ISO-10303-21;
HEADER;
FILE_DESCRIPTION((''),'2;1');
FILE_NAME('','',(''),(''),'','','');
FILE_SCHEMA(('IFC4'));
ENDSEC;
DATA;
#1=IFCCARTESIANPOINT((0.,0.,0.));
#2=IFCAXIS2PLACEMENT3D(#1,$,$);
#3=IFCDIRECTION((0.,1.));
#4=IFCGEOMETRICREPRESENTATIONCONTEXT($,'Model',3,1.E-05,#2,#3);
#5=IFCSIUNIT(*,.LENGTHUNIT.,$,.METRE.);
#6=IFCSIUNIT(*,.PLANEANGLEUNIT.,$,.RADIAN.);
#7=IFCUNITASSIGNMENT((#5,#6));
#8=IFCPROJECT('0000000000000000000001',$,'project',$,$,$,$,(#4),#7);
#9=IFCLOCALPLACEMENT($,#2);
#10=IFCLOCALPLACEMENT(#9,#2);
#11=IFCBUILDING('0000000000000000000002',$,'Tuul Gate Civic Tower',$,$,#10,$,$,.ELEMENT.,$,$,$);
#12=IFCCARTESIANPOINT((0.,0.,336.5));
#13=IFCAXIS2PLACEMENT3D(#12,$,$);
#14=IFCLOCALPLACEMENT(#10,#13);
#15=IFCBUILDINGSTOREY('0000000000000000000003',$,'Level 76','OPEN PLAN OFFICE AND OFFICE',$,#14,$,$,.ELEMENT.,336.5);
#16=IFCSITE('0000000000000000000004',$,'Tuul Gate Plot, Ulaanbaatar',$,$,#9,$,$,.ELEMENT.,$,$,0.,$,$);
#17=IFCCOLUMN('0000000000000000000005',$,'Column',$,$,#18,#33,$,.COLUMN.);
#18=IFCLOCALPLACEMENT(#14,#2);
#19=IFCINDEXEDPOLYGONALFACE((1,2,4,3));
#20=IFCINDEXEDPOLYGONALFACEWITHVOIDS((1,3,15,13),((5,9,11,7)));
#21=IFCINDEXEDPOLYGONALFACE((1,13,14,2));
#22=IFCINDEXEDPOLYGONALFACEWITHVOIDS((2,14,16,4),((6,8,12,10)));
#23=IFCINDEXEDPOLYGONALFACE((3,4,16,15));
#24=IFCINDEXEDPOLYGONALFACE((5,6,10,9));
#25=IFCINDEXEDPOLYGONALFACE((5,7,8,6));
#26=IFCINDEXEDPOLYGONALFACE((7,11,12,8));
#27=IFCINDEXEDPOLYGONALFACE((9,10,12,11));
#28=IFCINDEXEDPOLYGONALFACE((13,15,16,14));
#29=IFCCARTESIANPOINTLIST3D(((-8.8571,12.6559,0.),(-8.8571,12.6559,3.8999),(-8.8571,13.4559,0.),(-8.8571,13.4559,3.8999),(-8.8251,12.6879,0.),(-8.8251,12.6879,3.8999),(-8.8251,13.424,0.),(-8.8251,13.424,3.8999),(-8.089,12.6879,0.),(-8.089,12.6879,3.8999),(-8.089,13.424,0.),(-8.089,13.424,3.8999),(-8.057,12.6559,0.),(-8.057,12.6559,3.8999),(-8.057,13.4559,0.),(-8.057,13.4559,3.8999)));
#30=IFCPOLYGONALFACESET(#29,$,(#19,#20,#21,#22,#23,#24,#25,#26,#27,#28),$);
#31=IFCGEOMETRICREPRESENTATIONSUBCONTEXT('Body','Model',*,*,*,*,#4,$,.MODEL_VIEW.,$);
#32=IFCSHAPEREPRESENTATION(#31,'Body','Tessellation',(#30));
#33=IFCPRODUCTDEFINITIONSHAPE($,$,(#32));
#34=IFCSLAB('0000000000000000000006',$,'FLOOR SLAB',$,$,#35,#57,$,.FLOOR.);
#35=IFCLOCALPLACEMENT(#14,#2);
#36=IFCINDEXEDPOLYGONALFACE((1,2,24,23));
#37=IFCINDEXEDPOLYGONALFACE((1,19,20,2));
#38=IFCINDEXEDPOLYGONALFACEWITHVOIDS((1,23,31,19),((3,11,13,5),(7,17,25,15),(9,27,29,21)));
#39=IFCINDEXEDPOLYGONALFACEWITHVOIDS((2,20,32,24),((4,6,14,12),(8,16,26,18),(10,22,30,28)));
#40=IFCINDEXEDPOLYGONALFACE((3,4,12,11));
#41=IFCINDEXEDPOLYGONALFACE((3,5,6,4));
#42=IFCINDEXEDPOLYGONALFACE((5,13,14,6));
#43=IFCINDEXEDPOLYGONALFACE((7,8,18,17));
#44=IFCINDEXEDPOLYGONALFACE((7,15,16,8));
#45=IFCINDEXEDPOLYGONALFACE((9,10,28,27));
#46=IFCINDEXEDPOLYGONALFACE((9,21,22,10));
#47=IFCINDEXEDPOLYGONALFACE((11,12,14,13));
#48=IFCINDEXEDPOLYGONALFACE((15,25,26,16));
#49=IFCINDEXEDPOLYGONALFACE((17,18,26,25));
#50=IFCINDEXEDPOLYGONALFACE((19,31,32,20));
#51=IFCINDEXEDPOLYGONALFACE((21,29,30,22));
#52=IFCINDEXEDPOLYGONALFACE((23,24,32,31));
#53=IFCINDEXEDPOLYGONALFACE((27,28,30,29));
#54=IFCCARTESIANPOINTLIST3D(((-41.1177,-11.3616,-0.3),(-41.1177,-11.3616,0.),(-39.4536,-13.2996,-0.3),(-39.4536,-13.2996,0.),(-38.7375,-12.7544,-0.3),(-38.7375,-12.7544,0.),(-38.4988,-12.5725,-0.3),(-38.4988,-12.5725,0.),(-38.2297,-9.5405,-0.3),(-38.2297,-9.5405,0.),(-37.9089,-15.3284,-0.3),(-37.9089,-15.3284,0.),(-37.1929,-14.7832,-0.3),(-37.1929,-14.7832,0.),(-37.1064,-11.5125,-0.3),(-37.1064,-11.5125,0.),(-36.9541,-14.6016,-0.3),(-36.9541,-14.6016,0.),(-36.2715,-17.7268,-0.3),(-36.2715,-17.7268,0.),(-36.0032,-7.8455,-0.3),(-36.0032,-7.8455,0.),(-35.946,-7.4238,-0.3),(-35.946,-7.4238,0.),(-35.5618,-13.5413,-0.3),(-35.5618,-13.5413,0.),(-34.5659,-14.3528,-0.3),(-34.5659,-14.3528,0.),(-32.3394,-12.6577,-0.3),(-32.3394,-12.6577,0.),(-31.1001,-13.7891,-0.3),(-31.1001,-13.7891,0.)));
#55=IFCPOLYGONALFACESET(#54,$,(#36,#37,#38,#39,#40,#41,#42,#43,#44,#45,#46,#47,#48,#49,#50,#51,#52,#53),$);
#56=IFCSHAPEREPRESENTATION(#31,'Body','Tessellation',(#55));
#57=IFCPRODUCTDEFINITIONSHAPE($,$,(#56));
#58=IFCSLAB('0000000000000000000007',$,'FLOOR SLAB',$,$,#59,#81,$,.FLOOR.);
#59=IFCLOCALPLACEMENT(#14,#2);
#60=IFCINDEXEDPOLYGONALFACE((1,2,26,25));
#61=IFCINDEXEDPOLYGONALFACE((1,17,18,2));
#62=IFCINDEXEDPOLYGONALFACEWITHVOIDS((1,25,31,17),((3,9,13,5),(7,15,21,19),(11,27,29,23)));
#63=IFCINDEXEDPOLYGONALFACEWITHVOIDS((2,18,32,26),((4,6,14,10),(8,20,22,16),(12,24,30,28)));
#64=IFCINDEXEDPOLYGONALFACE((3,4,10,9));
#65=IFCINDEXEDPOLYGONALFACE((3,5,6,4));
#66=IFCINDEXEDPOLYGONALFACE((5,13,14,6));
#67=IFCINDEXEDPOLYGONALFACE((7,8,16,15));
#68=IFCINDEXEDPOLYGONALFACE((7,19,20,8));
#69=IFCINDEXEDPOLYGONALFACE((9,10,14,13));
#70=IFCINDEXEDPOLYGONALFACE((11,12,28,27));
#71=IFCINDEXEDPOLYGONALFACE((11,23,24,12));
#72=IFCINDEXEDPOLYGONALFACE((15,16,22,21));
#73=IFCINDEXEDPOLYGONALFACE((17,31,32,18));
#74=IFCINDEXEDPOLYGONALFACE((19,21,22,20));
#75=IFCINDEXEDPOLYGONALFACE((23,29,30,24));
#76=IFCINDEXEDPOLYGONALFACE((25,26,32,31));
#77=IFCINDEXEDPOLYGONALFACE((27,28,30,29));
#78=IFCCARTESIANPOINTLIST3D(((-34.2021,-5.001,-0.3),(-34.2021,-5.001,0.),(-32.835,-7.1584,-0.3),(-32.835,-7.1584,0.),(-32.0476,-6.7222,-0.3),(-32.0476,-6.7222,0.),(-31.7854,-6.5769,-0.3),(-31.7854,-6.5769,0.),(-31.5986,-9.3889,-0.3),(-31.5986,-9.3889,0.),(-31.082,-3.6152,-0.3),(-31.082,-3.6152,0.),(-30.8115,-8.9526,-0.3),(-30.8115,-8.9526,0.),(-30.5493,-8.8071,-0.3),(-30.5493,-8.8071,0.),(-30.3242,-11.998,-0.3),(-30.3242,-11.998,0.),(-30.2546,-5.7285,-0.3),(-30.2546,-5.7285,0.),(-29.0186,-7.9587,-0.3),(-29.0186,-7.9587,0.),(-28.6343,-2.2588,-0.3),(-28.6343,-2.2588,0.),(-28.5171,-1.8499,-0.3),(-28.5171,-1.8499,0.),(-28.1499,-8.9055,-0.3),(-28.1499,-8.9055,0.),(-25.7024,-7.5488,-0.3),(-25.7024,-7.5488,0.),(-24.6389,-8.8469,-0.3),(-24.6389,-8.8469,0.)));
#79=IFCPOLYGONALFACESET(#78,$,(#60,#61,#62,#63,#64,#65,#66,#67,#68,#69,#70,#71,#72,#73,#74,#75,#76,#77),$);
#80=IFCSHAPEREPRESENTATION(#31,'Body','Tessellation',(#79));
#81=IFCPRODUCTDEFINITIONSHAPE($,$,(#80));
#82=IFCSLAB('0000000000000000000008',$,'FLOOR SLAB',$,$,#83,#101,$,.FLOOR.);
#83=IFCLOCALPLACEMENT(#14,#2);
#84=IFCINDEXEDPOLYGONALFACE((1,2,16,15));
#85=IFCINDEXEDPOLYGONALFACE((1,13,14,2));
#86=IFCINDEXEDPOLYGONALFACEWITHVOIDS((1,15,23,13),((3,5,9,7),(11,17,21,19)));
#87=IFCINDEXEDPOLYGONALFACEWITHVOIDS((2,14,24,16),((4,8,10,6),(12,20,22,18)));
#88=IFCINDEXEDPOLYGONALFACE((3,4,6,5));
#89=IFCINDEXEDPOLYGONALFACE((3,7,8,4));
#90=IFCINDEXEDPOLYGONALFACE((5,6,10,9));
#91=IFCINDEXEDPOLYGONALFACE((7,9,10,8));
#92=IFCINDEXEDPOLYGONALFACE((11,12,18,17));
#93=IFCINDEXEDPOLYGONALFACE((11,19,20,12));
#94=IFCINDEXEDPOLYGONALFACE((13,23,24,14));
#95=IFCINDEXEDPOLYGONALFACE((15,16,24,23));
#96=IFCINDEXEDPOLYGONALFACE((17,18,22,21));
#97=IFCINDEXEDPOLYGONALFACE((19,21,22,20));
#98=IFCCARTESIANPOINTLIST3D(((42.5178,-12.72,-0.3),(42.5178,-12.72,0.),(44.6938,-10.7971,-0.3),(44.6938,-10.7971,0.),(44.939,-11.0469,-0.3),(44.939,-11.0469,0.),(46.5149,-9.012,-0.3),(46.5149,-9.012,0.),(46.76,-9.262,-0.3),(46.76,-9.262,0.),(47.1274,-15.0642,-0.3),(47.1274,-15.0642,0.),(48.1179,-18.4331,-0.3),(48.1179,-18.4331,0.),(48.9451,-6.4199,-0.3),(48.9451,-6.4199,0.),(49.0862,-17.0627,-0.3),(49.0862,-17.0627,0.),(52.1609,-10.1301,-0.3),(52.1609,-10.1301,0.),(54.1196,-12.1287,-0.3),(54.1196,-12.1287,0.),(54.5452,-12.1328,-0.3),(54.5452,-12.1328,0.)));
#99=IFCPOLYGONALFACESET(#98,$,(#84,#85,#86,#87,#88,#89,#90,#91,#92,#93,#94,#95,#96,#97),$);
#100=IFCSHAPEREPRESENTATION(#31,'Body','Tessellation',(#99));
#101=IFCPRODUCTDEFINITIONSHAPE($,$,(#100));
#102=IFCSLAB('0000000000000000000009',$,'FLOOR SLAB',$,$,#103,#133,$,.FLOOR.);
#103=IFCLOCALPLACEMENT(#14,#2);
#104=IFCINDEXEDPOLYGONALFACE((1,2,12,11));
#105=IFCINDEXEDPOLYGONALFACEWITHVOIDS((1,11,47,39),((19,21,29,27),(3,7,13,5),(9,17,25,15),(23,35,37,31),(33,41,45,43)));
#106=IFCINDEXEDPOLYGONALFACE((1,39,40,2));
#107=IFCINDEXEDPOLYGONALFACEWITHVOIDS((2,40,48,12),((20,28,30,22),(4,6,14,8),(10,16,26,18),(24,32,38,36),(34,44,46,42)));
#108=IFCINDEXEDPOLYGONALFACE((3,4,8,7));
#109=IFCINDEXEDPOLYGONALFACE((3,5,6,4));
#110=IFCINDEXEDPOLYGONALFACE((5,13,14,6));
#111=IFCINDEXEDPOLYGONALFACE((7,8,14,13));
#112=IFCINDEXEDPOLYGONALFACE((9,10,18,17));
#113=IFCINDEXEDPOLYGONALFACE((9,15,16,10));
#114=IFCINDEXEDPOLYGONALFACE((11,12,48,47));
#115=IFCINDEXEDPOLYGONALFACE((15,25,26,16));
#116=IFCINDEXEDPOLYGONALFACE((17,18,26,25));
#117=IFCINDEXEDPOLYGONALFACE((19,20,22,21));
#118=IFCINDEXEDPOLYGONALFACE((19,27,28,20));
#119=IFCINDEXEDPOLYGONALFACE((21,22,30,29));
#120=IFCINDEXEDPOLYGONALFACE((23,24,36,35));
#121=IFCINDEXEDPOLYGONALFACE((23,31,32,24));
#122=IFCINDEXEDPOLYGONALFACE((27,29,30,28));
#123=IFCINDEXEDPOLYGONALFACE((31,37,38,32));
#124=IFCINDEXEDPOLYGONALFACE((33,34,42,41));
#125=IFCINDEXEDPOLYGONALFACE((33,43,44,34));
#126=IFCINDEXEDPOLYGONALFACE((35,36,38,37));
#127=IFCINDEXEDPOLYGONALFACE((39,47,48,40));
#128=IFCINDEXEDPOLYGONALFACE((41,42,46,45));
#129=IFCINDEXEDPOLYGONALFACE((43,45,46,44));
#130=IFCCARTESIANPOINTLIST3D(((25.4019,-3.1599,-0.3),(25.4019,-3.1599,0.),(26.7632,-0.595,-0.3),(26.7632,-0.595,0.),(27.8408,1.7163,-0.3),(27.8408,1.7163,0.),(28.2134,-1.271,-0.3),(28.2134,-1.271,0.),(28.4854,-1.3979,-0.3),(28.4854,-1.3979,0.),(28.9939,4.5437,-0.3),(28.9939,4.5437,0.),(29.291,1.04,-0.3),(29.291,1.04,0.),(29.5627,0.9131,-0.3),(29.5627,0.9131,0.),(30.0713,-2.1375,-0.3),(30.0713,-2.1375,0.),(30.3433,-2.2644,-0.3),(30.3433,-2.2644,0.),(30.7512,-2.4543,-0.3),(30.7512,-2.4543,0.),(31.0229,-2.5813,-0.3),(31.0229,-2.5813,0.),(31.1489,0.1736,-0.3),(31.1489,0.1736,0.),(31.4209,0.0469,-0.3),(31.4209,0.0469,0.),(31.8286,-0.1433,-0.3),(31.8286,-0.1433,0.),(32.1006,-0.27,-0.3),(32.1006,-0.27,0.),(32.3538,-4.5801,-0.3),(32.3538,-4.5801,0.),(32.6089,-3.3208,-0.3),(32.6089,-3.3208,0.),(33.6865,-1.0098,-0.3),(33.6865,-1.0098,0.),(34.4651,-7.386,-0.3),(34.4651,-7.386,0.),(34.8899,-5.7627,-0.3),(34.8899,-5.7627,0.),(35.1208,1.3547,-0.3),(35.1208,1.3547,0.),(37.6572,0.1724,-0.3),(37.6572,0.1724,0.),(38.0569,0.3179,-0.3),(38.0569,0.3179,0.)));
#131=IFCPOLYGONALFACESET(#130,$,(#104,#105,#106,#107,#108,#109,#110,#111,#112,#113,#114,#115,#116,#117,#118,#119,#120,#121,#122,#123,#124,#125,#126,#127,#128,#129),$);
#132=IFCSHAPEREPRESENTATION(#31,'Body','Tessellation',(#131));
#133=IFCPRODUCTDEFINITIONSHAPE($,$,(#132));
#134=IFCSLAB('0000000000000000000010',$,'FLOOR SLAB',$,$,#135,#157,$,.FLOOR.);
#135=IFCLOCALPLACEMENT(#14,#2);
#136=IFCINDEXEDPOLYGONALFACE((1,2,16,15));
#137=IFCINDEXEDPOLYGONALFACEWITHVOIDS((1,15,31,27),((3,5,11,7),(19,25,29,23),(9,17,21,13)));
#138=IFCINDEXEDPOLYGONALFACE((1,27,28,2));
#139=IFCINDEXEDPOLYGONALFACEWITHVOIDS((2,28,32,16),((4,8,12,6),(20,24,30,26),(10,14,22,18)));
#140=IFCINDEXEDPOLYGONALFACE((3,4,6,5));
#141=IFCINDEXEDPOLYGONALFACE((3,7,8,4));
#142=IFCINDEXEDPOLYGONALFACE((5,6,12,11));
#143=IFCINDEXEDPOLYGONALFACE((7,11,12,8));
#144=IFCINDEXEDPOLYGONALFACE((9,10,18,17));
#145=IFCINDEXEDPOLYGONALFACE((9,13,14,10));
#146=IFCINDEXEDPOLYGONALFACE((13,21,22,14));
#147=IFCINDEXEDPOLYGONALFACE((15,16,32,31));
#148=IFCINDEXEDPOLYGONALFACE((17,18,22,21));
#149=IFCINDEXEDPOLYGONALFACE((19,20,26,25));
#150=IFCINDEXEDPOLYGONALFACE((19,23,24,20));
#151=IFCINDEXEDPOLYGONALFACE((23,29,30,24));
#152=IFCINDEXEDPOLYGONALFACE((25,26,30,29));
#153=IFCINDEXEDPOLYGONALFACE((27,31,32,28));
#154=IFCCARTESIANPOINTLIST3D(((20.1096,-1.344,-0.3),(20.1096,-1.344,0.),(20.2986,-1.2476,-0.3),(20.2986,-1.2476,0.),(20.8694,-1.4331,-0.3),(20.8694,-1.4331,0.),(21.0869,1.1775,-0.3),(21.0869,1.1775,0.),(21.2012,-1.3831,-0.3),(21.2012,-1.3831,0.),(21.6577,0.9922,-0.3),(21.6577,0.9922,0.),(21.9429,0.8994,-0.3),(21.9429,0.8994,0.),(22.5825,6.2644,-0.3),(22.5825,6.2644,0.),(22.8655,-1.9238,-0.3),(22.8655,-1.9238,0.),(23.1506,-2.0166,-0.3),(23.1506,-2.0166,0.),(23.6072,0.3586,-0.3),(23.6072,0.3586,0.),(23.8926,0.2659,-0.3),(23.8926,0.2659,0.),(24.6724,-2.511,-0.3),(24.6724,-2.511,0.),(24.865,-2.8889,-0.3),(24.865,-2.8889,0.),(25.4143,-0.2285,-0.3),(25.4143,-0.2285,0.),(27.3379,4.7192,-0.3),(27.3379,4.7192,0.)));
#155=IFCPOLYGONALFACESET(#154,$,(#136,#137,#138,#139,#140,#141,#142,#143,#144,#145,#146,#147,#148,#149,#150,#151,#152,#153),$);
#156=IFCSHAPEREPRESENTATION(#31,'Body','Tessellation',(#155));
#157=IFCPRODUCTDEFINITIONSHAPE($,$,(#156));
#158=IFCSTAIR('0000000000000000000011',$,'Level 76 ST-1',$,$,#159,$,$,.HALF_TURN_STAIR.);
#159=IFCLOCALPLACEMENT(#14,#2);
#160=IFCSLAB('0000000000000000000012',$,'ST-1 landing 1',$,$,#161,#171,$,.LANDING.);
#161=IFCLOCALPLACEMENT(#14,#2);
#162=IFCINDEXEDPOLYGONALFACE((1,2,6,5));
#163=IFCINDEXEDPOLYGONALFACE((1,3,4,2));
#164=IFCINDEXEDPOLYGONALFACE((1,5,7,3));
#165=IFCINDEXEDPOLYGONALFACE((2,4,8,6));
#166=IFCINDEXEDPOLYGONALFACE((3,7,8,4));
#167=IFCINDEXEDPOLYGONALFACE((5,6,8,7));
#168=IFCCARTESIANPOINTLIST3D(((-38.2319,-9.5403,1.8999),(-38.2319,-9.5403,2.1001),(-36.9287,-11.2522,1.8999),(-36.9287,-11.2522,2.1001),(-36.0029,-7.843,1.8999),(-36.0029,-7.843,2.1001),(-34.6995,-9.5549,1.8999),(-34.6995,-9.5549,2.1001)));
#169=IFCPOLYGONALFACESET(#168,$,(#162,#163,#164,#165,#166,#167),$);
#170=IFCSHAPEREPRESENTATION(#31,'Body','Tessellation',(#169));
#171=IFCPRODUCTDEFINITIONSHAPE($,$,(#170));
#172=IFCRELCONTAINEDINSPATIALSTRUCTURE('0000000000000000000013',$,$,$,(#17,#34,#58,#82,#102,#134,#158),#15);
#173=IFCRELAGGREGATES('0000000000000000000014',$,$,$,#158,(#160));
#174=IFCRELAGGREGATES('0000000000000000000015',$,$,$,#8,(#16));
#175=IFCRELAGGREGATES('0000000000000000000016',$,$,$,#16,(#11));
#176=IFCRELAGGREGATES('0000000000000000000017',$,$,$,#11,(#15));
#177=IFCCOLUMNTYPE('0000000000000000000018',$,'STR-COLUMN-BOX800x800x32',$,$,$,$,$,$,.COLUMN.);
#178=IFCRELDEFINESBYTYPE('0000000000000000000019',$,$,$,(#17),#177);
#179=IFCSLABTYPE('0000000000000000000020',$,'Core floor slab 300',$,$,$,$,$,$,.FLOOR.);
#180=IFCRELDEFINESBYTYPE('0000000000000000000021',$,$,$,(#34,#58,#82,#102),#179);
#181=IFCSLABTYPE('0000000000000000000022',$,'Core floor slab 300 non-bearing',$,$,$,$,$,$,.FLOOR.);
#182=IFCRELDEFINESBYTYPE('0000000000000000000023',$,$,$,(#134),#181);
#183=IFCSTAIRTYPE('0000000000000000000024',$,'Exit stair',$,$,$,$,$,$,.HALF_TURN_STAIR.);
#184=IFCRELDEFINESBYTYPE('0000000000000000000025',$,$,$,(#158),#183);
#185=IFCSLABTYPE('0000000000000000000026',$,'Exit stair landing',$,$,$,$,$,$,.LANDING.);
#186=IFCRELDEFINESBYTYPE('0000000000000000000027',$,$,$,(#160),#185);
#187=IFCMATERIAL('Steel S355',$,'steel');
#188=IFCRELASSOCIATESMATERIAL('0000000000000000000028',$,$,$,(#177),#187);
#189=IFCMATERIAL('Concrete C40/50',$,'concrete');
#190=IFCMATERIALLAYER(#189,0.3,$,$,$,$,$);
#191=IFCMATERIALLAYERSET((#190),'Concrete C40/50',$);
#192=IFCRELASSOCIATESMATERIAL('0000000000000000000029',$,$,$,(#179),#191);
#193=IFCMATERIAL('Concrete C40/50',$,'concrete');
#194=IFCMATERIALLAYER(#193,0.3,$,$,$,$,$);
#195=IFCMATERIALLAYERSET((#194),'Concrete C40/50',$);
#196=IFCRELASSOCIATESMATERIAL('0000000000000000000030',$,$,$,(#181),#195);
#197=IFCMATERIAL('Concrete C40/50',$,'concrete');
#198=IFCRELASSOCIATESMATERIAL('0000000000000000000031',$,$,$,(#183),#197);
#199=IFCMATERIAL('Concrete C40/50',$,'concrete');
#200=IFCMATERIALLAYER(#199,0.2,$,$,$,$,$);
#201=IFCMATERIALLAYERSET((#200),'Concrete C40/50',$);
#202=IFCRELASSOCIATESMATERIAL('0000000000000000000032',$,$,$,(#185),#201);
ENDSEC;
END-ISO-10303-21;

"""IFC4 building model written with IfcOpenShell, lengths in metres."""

from ifc_helpers import new_model, si_unit, direction, frame, origin, origin_2d, place, context, subcontext, project, spatial, polyline, hollow_rectangle, outline, extrude, material, layer, layer_set, material_profile, profile_set, type_object, element, aggregate, save


model = new_model("IFC4")

# Units and contexts
model_context = context("Model", 3, precision=1e-05, world=origin(), true_north=direction((0.0, 1.0)))
body_context = subcontext(model_context, "Body", "Model", "MODEL_VIEW")
ifc_project = project(units=[si_unit("LENGTHUNIT", "METRE"), si_unit("PLANEANGLEUNIT", "RADIAN")], contexts=[model_context])

# Site, building, storey
site_placement = place(None, origin())
site = spatial("IfcSite", under=ifc_project, at=site_placement, Name="Tuul Gate Plot, Ulaanbaatar", CompositionType="ELEMENT", RefElevation=0.0)
building_placement = place(site_placement, origin())
building = spatial("IfcBuilding", under=site, at=building_placement, Name="Tuul Gate Civic Tower", CompositionType="ELEMENT")
storey_placement = place(building_placement, frame((0.0, 0.0, 336.5)))
storey = spatial("IfcBuildingStorey", under=building, at=storey_placement, Name="Level 76", Description="OPEN PLAN OFFICE AND OFFICE", CompositionType="ELEMENT", Elevation=336.5)

# Column
ifc_material_1 = material(Name="Steel S355", Category="steel")
ifc_material_profile_1 = material_profile(ifc_material_1, hollow_rectangle(XDim=0.8, YDim=0.8, WallThickness=0.032, at=origin_2d()), Name="BOX800x800x32")
ifc_profile_set_1 = profile_set([ifc_material_profile_1], Name="Steel S355")
column_type = type_object("IfcColumnType", Name="STR-COLUMN-BOX800x800x32", PredefinedType="COLUMN", material=ifc_profile_set_1)
column_placement = place(storey_placement, frame((-8.457, 13.0559, 0.0), z_axis=(0.0, 0.0, 1.0), x_axis=(1.0, 0.0, 0.0)))
element("IfcColumn", 1, at=column_placement, inside=storey, type_object=column_type, Name="Column", PredefinedType="COLUMN", context=body_context, shape_type="SweptSolid", body=[
    extrude(hollow_rectangle(XDim=0.8, YDim=0.8, WallThickness=0.032, at=origin_2d()), origin(), (0.0, 0.0, 1.0), 3.8999),
])

# Slabs
ifc_material_2 = material(Name="Concrete C40/50", Category="concrete")
ifc_layer_1 = layer(ifc_material_2, 0.3)
ifc_layer_set_1 = layer_set([ifc_layer_1], Name="Concrete C40/50")
slab_type_1 = type_object("IfcSlabType", Name="Core floor slab 300", PredefinedType="FLOOR", material=ifc_layer_set_1)
slab_1_placement = place(storey_placement, frame((0.0, 0.0, -0.3)))
element("IfcSlab", 2, at=slab_1_placement, inside=storey, type_object=slab_type_1, Name="FLOOR SLAB", PredefinedType="FLOOR", context=body_context, shape_type="SweptSolid", body=[
    extrude(outline(polyline([(-31.1001, -13.7891), (-35.946, -7.4238), (-41.1177, -11.3616), (-36.2715, -17.7268), (-31.1001, -13.7891)]), holes=[polyline([(-35.5618, -13.5413), (-37.1064, -11.5125), (-38.4988, -12.5725), (-36.9541, -14.6016), (-35.5618, -13.5413)]), polyline([(-37.1929, -14.7832), (-38.7375, -12.7544), (-39.4536, -13.2996), (-37.9089, -15.3284), (-37.1929, -14.7832)]), polyline([(-32.3394, -12.6577), (-34.5659, -14.3528), (-38.2297, -9.5405), (-36.0032, -7.8455), (-32.3394, -12.6577)])]), origin(), (0.0, 0.0, 1.0), 0.3),
])
slab_2_placement = place(storey_placement, frame((0.0, 0.0, -0.3)))
element("IfcSlab", 3, at=slab_2_placement, inside=storey, type_object=slab_type_1, Name="FLOOR SLAB", PredefinedType="FLOOR", context=body_context, shape_type="SweptSolid", body=[
    extrude(outline(polyline([(-24.6389, -8.8469), (-28.5171, -1.8499), (-34.2021, -5.001), (-30.3242, -11.998), (-24.6389, -8.8469)]), holes=[polyline([(-29.0186, -7.9587), (-30.2546, -5.7285), (-31.7854, -6.5769), (-30.5493, -8.8071), (-29.0186, -7.9587)]), polyline([(-30.8115, -8.9526), (-32.0476, -6.7222), (-32.835, -7.1584), (-31.5986, -9.3889), (-30.8115, -8.9526)]), polyline([(-25.7024, -7.5488), (-28.1499, -8.9055), (-31.082, -3.6152), (-28.6343, -2.2588), (-25.7024, -7.5488)])]), origin(), (0.0, 0.0, 1.0), 0.3),
])
slab_3_placement = place(storey_placement, frame((0.0, 0.0, -0.3)))
element("IfcSlab", 4, at=slab_3_placement, inside=storey, type_object=slab_type_1, Name="FLOOR SLAB", PredefinedType="FLOOR", context=body_context, shape_type="SweptSolid", body=[
    extrude(outline(polyline([(48.1179, -18.4331), (54.5452, -12.1328), (48.9451, -6.4199), (42.5178, -12.72), (48.1179, -18.4331)]), holes=[polyline([(44.939, -11.0469), (46.76, -9.262), (46.5149, -9.012), (44.6938, -10.7971), (44.939, -11.0469)]), polyline([(49.0862, -17.0627), (47.1274, -15.0642), (52.1609, -10.1301), (54.1196, -12.1287), (49.0862, -17.0627)])]), origin(), (0.0, 0.0, 1.0), 0.3),
])
slab_4_placement = place(storey_placement, frame((0.0, 0.0, -0.3)))
element("IfcSlab", 5, at=slab_4_placement, inside=storey, type_object=slab_type_1, Name="FLOOR SLAB", PredefinedType="FLOOR", context=body_context, shape_type="SweptSolid", body=[
    extrude(outline(polyline([(34.4651, -7.386), (38.0569, 0.3179), (28.9939, 4.5437), (25.4019, -3.1599), (34.4651, -7.386)]), holes=[polyline([(32.6089, -3.3208), (33.6865, -1.0098), (32.1006, -0.27), (31.0229, -2.5813), (32.6089, -3.3208)]), polyline([(30.0713, -2.1375), (31.1489, 0.1736), (29.5627, 0.9131), (28.4854, -1.3979), (30.0713, -2.1375)]), polyline([(30.7512, -2.4543), (31.8286, -0.1433), (31.4209, 0.0469), (30.3433, -2.2644), (30.7512, -2.4543)]), polyline([(28.2134, -1.271), (29.291, 1.04), (27.8408, 1.7163), (26.7632, -0.595), (28.2134, -1.271)]), polyline([(34.8899, -5.7627), (32.3538, -4.5801), (35.1208, 1.3547), (37.6572, 0.1724), (34.8899, -5.7627)])]), origin(), (0.0, 0.0, 1.0), 0.3),
])
ifc_material_3 = material(Name="Concrete C40/50", Category="concrete")
ifc_layer_2 = layer(ifc_material_3, 0.3)
ifc_layer_set_2 = layer_set([ifc_layer_2], Name="Concrete C40/50")
slab_type_2 = type_object("IfcSlabType", Name="Core floor slab 300 non-bearing", PredefinedType="FLOOR", material=ifc_layer_set_2)
slab_5_placement = place(storey_placement, frame((0.0, 0.0, -0.3)))
element("IfcSlab", 6, at=slab_5_placement, inside=storey, type_object=slab_type_2, Name="FLOOR SLAB", PredefinedType="FLOOR", context=body_context, shape_type="SweptSolid", body=[
    extrude(outline(polyline([(24.865, -2.8889), (27.3379, 4.7192), (22.5825, 6.2644), (20.1096, -1.344), (24.865, -2.8889)]), holes=[polyline([(24.6724, -2.511), (25.4143, -0.2285), (23.8926, 0.2659), (23.1506, -2.0166), (24.6724, -2.511)]), polyline([(22.8655, -1.9238), (23.6072, 0.3586), (21.9429, 0.8994), (21.2012, -1.3831), (22.8655, -1.9238)]), polyline([(20.8694, -1.4331), (21.6577, 0.9922), (21.0869, 1.1775), (20.2986, -1.2476), (20.8694, -1.4331)])]), origin(), (0.0, 0.0, 1.0), 0.3),
])

# Stair, slab
ifc_material_4 = material(Name="Concrete C40/50", Category="concrete")
stair_type = type_object("IfcStairType", Name="Exit stair", PredefinedType="HALF_TURN_STAIR", material=ifc_material_4)
stair_1_placement = place(storey_placement, origin())
stair_1 = element("IfcStair", 7, at=stair_1_placement, inside=storey, type_object=stair_type, Name="Level 76 ST-1", PredefinedType="HALF_TURN_STAIR")
ifc_material_5 = material(Name="Concrete C40/50", Category="concrete")
ifc_layer_3 = layer(ifc_material_5, 0.2)
ifc_layer_set_3 = layer_set([ifc_layer_3], Name="Concrete C40/50")
slab_type_3 = type_object("IfcSlabType", Name="Exit stair landing", PredefinedType="LANDING", material=ifc_layer_set_3)
slab_6_placement = place(storey_placement, frame((0.0, 0.0, 1.8999)))
slab_6 = element("IfcSlab", 8, at=slab_6_placement, type_object=slab_type_3, Name="ST-1 landing 1", PredefinedType="LANDING", context=body_context, shape_type="SweptSolid", body=[
    extrude(outline(polyline([(-34.6995, -9.5549), (-36.9287, -11.2522), (-38.2319, -9.5403), (-36.0029, -7.843), (-34.6995, -9.5549)])), origin(), (0.0, 0.0, 1.0), 0.2002),
])
aggregate(stair_1, [slab_6])

save(model, "model.ifc")
